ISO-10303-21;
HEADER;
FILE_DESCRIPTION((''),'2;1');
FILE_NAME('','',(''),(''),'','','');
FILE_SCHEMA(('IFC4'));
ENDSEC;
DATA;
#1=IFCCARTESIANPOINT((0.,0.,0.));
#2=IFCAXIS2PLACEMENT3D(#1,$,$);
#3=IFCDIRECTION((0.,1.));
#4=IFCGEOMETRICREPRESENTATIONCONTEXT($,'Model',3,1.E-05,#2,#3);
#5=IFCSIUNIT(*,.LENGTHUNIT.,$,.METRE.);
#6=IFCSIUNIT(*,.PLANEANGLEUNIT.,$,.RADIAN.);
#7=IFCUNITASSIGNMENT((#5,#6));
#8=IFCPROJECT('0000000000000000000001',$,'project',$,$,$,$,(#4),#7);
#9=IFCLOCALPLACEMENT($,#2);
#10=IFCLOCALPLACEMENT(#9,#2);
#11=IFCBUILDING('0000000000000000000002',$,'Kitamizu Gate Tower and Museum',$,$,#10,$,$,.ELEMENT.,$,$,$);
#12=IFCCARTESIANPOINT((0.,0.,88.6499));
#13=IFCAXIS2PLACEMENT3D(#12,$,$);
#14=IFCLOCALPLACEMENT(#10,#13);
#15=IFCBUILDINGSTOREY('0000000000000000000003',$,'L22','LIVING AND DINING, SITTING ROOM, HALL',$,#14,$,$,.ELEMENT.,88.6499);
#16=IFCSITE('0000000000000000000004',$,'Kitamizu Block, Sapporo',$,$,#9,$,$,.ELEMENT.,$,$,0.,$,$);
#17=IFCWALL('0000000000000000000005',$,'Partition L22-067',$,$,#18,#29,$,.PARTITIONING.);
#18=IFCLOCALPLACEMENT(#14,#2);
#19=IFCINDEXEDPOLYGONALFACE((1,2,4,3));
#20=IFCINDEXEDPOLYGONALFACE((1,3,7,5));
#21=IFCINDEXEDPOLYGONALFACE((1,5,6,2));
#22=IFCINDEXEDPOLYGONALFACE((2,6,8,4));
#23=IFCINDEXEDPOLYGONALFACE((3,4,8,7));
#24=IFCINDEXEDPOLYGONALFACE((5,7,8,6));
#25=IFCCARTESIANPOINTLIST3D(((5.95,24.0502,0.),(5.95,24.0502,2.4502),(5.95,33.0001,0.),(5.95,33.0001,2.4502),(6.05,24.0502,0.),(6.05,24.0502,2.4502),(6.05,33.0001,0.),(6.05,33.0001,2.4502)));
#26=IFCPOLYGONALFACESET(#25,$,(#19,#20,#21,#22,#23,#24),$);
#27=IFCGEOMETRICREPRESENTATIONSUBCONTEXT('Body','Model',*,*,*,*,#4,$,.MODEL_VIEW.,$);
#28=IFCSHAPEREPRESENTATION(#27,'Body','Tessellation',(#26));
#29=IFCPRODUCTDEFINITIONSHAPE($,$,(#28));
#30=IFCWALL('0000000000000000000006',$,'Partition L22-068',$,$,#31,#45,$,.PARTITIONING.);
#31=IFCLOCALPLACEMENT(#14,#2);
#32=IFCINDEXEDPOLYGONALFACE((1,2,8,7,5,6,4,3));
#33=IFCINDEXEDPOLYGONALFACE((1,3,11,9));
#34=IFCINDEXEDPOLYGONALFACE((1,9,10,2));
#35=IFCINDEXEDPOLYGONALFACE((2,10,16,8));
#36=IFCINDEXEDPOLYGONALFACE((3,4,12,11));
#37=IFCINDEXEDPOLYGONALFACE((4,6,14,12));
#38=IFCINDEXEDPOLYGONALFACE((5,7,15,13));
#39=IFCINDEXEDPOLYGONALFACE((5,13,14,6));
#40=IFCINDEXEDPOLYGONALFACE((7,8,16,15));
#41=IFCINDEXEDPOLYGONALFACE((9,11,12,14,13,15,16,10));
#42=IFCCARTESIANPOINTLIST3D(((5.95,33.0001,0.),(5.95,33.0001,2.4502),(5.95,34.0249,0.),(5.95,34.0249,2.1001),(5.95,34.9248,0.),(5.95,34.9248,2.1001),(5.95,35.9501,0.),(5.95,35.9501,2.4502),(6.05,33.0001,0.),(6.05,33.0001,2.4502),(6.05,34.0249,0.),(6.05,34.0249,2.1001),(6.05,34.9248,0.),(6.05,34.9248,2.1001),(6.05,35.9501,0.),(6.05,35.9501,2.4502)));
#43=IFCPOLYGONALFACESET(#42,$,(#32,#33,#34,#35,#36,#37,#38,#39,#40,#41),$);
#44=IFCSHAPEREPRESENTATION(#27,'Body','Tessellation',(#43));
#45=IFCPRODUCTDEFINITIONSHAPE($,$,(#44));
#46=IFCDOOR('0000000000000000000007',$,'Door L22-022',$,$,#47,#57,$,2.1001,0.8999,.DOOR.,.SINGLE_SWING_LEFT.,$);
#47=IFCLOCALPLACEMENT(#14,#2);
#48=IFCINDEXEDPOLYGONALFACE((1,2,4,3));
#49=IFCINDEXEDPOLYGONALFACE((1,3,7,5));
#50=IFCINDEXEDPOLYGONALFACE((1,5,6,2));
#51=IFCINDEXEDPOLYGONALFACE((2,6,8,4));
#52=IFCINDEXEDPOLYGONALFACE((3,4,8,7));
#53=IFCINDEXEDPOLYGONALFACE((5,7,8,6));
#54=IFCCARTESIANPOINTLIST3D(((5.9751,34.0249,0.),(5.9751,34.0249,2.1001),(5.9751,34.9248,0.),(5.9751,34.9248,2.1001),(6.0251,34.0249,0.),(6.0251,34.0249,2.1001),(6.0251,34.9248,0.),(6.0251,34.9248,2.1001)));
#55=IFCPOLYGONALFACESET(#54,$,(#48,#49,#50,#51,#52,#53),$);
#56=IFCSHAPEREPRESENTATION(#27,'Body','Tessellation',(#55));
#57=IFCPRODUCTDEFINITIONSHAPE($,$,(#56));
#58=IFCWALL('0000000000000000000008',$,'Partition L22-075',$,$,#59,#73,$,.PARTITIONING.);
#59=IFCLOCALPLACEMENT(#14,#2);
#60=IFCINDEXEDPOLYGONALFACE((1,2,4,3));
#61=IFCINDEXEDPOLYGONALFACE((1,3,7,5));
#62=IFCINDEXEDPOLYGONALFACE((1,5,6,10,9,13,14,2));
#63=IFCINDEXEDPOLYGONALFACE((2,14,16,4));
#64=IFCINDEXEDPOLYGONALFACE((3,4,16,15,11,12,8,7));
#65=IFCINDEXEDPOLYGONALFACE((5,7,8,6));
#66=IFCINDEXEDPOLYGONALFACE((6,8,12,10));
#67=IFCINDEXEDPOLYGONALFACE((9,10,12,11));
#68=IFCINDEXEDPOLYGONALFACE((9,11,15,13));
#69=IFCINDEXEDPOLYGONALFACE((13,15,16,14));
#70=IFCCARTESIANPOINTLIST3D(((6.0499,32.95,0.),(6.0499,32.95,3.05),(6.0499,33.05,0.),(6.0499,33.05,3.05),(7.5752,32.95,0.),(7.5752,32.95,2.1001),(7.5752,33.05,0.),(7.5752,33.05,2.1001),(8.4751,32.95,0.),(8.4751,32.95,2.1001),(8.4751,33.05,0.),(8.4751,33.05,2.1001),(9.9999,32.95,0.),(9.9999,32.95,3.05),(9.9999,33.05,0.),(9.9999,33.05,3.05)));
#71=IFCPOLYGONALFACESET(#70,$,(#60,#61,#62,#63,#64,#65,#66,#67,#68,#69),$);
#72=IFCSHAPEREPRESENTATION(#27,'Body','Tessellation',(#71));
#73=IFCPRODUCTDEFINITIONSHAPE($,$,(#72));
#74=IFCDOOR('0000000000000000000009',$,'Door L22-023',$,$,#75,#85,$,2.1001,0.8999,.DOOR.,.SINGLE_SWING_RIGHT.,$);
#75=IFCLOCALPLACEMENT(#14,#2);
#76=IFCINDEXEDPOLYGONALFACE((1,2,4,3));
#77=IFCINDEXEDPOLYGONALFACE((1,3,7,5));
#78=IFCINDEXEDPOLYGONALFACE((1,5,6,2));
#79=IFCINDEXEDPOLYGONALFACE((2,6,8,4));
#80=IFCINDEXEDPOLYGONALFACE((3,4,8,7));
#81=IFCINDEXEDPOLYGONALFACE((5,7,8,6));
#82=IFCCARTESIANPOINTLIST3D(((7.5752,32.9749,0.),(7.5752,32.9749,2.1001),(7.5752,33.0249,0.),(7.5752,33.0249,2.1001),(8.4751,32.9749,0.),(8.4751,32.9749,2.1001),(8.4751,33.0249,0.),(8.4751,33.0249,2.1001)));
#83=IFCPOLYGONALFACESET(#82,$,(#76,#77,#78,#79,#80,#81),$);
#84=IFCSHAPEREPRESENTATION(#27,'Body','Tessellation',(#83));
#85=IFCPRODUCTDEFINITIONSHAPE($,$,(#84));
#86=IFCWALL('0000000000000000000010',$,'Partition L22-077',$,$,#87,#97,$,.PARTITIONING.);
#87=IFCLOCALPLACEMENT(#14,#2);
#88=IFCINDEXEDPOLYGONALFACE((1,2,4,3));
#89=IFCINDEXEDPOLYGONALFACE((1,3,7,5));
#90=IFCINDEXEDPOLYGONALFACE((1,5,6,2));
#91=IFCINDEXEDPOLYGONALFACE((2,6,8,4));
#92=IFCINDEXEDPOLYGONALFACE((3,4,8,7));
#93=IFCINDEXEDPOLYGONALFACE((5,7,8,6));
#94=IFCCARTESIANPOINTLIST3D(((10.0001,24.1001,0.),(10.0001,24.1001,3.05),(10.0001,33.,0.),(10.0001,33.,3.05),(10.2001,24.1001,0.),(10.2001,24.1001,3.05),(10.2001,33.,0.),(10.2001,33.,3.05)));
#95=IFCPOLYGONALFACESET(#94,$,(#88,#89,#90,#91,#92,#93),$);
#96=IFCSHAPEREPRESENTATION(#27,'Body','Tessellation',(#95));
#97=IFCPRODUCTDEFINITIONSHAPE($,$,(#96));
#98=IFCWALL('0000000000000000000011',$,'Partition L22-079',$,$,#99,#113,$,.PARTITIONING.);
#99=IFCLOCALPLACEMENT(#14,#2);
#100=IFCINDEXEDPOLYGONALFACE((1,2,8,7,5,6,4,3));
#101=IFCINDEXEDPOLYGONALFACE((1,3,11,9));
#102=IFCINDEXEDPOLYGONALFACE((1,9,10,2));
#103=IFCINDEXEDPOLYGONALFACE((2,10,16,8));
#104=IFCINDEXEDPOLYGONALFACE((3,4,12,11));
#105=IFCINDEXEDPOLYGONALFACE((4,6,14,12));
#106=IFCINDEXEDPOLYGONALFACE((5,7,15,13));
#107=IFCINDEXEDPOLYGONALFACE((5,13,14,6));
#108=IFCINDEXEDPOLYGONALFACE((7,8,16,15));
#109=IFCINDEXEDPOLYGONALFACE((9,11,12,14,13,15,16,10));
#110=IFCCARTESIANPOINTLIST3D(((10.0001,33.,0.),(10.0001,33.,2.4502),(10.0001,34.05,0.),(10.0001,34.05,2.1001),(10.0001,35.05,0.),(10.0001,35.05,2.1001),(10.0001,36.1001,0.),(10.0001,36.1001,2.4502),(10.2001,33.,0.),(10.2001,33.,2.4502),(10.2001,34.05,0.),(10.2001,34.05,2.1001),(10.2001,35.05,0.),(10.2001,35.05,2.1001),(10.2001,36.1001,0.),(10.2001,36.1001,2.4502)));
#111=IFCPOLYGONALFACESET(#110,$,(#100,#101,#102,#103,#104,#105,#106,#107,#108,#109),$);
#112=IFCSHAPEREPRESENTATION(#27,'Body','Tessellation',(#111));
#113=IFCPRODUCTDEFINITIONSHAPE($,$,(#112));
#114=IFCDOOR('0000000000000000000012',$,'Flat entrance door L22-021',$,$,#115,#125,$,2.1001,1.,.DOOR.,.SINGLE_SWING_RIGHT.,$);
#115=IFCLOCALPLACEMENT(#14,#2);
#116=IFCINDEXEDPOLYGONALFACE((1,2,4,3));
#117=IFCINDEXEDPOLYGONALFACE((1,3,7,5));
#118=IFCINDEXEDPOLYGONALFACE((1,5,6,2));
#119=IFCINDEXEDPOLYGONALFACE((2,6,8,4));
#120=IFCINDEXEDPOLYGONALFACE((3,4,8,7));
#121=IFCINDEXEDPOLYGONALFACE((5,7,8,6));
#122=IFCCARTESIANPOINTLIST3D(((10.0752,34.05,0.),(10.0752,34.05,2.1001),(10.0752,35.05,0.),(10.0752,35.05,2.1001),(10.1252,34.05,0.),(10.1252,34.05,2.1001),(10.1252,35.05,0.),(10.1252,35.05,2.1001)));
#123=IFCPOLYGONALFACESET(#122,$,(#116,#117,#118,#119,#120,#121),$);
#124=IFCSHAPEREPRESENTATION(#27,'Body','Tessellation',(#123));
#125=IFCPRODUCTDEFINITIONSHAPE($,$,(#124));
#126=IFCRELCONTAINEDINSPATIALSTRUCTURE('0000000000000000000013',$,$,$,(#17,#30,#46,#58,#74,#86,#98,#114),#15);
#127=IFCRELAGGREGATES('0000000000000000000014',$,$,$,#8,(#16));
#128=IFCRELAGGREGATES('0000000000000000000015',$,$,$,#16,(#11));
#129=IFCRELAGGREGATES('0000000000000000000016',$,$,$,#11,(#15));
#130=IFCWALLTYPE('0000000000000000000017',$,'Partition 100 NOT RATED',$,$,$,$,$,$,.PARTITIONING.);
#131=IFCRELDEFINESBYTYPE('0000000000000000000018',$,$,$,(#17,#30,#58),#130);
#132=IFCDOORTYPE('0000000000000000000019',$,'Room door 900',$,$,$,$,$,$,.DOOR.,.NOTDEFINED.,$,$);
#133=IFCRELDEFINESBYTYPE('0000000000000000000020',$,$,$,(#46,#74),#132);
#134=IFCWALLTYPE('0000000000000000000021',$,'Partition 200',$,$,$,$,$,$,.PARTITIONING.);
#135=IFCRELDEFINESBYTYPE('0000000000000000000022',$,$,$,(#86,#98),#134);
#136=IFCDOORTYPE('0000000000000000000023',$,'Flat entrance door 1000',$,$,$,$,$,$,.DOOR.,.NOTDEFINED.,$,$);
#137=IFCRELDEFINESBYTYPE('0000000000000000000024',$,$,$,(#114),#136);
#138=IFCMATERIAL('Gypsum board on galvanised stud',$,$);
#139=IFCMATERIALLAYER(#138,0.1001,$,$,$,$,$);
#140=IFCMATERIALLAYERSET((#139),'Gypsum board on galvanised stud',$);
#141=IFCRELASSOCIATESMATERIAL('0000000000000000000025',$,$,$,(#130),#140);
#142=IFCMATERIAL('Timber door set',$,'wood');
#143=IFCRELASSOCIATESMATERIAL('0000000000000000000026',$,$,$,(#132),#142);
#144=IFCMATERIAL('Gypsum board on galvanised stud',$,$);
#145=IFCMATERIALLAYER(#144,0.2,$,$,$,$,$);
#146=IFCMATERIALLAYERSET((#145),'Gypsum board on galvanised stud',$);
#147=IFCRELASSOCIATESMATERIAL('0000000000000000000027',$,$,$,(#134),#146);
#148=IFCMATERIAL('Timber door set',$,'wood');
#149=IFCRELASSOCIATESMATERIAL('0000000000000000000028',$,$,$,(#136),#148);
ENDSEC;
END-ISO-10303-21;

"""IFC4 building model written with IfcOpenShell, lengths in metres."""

from ifc_helpers import new_model, si_unit, direction, frame, frame_2d, origin, place, context, subcontext, project, spatial, rectangle, extrude, material, layer, layer_set, type_object, element, fill, save


model = new_model("IFC4")

# Units and contexts
model_context = context("Model", 3, precision=1e-05, world=origin(), true_north=direction((0.0, 1.0)))
body_context = subcontext(model_context, "Body", "Model", "MODEL_VIEW")
ifc_project = project(units=[si_unit("LENGTHUNIT", "METRE"), si_unit("PLANEANGLEUNIT", "RADIAN")], contexts=[model_context])

# Site, building, storey
site_placement = place(None, origin())
site = spatial("IfcSite", under=ifc_project, at=site_placement, Name="Kitamizu Block, Sapporo", CompositionType="ELEMENT", RefElevation=0.0)
building_placement = place(site_placement, origin())
building = spatial("IfcBuilding", under=site, at=building_placement, Name="Kitamizu Gate Tower and Museum", CompositionType="ELEMENT")
storey_placement = place(building_placement, frame((0.0, 0.0, 88.6499)))
storey = spatial("IfcBuildingStorey", under=building, at=storey_placement, Name="L22", Description="LIVING AND DINING, SITTING ROOM, HALL", CompositionType="ELEMENT", Elevation=88.6499)

# Shared definitions
ifc_material_1 = material(Name="Gypsum board on galvanised stud")
ifc_layer_1 = layer(ifc_material_1, 0.1001)
ifc_layer_set_1 = layer_set([ifc_layer_1], Name="Gypsum board on galvanised stud")
wall_type_1 = type_object("IfcWallType", Name="Partition 100 NOT RATED", PredefinedType="PARTITIONING", material=ifc_layer_set_1)
ifc_material_2 = material(Name="Timber door set", Category="wood")
door_type_1 = type_object("IfcDoorType", Name="Room door 900", OperationType="NOTDEFINED", PredefinedType="DOOR", material=ifc_material_2)

# Wall
wall_1_placement = place(storey_placement, frame((6.0, 24.05, 0.0), z_axis=(0.0, 0.0, 1.0), x_axis=(0.0, 1.0, 0.0)))
element("IfcWall", 1, at=wall_1_placement, inside=storey, type_object=wall_type_1, Name="Partition L22-067", PredefinedType="PARTITIONING", context=body_context, shape_type="SweptSolid", body=[
    extrude(rectangle(XDim=8.95, YDim=0.1001, at=frame_2d((4.4751, 0.0))), origin(), (0.0, 0.0, 1.0), 2.4502),
])

# Walls, openings, doors
wall_2_placement = place(storey_placement, frame((6.0, 33.0, 0.0), z_axis=(0.0, 0.0, 1.0), x_axis=(0.0, 1.0, 0.0)))
wall_2 = element("IfcWall", 2, at=wall_2_placement, inside=storey, type_object=wall_type_1, Name="Partition L22-068", PredefinedType="PARTITIONING", context=body_context, shape_type="SweptSolid", body=[
    extrude(rectangle(XDim=2.95, YDim=0.1001, at=frame_2d((1.4751, 0.0))), origin(), (0.0, 0.0, 1.0), 2.4502),
])
opening_1_placement = place(wall_2_placement, frame((1.0249, 0.0, 0.0)))
opening_1 = element("IfcOpeningElement", 3, at=opening_1_placement, cuts=wall_2, PredefinedType="OPENING", context=body_context, shape_type="SweptSolid", body=[
    extrude(rectangle(XDim=0.8999, YDim=2.1001, at=frame_2d((0.45, 1.05))), frame((0.0, 0.0601, 0.0), z_axis=(0.0, -1.0, 0.0), x_axis=(1.0, 0.0, 0.0)), (0.0, 0.0, 1.0), 0.1201),
])
door_1_placement = place(opening_1_placement, origin())
door_1 = element("IfcDoor", 4, at=door_1_placement, inside=storey, type_object=door_type_1, Name="Door L22-022", OperationType="SINGLE_SWING_LEFT", OverallHeight=2.1001, OverallWidth=0.8999, PredefinedType="DOOR", context=body_context, shape_type="SweptSolid", body=[
    extrude(rectangle(XDim=0.8999, YDim=2.1001, at=frame_2d((0.45, 1.05))), frame((0.0, 0.0249, 0.0), z_axis=(0.0, -1.0, 0.0), x_axis=(1.0, 0.0, 0.0)), (0.0, 0.0, 1.0), 0.05),
])
fill(opening_1, door_1)
wall_3_placement = place(storey_placement, frame((10.0, 33.0, 0.0), z_axis=(0.0, 0.0, 1.0), x_axis=(-1.0, 0.0, 0.0)))
wall_3 = element("IfcWall", 5, at=wall_3_placement, inside=storey, type_object=wall_type_1, Name="Partition L22-075", PredefinedType="PARTITIONING", context=body_context, shape_type="SweptSolid", body=[
    extrude(rectangle(XDim=3.95, YDim=0.1001, at=frame_2d((1.9751, 0.0))), origin(), (0.0, 0.0, 1.0), 3.05),
])
opening_2_placement = place(wall_3_placement, frame((1.5249, 0.0, 0.0)))
opening_2 = element("IfcOpeningElement", 6, at=opening_2_placement, cuts=wall_3, PredefinedType="OPENING", context=body_context, shape_type="SweptSolid", body=[
    extrude(rectangle(XDim=0.8999, YDim=2.1001, at=frame_2d((0.45, 1.05))), frame((0.0, 0.0601, 0.0), z_axis=(0.0, -1.0, 0.0), x_axis=(1.0, 0.0, 0.0)), (0.0, 0.0, 1.0), 0.1201),
])
door_2_placement = place(opening_2_placement, frame((0.8999, 0.0, 0.0), x_axis=(-1.0, 0.0, 0.0)))
door_2 = element("IfcDoor", 7, at=door_2_placement, inside=storey, type_object=door_type_1, Name="Door L22-023", OperationType="SINGLE_SWING_RIGHT", OverallHeight=2.1001, OverallWidth=0.8999, PredefinedType="DOOR", context=body_context, shape_type="SweptSolid", body=[
    extrude(rectangle(XDim=0.8999, YDim=2.1001, at=frame_2d((0.45, 1.05))), frame((0.0, 0.0249, 0.0), z_axis=(0.0, -1.0, 0.0), x_axis=(1.0, 0.0, 0.0)), (0.0, 0.0, 1.0), 0.05),
])
fill(opening_2, door_2)

# Wall
ifc_material_3 = material(Name="Gypsum board on galvanised stud")
ifc_layer_2 = layer(ifc_material_3, 0.2)
ifc_layer_set_2 = layer_set([ifc_layer_2], Name="Gypsum board on galvanised stud")
wall_type_2 = type_object("IfcWallType", Name="Partition 200", PredefinedType="PARTITIONING", material=ifc_layer_set_2)
wall_4_placement = place(storey_placement, frame((10.1001, 24.1001, 0.0), z_axis=(0.0, 0.0, 1.0), x_axis=(0.0, 1.0, 0.0)))
element("IfcWall", 8, at=wall_4_placement, inside=storey, type_object=wall_type_2, Name="Partition L22-077", PredefinedType="PARTITIONING", context=body_context, shape_type="SweptSolid", body=[
    extrude(rectangle(XDim=8.8999, YDim=0.2, at=frame_2d((4.45, 0.0))), origin(), (0.0, 0.0, 1.0), 3.05),
])

# Wall, opening, door
wall_5_placement = place(storey_placement, frame((10.1001, 33.0, 0.0), z_axis=(0.0, 0.0, 1.0), x_axis=(0.0, 1.0, 0.0)))
wall_5 = element("IfcWall", 9, at=wall_5_placement, inside=storey, type_object=wall_type_2, Name="Partition L22-079", PredefinedType="PARTITIONING", context=body_context, shape_type="SweptSolid", body=[
    extrude(rectangle(XDim=3.1001, YDim=0.2, at=frame_2d((1.55, 0.0))), origin(), (0.0, 0.0, 1.0), 2.4502),
])
opening_3_placement = place(wall_5_placement, frame((1.05, 0.0, 0.0)))
opening_3 = element("IfcOpeningElement", 10, at=opening_3_placement, cuts=wall_5, PredefinedType="OPENING", context=body_context, shape_type="SweptSolid", body=[
    extrude(rectangle(XDim=1.0, YDim=2.1001, at=frame_2d((0.5, 1.05))), frame((0.0, 0.1099, 0.0), z_axis=(0.0, -1.0, 0.0), x_axis=(1.0, 0.0, 0.0)), (0.0, 0.0, 1.0), 0.22),
])
ifc_material_4 = material(Name="Timber door set", Category="wood")
door_type_2 = type_object("IfcDoorType", Name="Flat entrance door 1000", OperationType="NOTDEFINED", PredefinedType="DOOR", material=ifc_material_4)
door_3_placement = place(opening_3_placement, origin())
door_3 = element("IfcDoor", 11, at=door_3_placement, inside=storey, type_object=door_type_2, Name="Flat entrance door L22-021", OperationType="SINGLE_SWING_RIGHT", OverallHeight=2.1001, OverallWidth=1.0, PredefinedType="DOOR", context=body_context, shape_type="SweptSolid", body=[
    extrude(rectangle(XDim=1.0, YDim=2.1001, at=frame_2d((0.5, 1.05))), frame((0.0, 0.0249, 0.0), z_axis=(0.0, -1.0, 0.0), x_axis=(1.0, 0.0, 0.0)), (0.0, 0.0, 1.0), 0.05),
])
fill(opening_3, door_3)

save(model, "model.ifc")
